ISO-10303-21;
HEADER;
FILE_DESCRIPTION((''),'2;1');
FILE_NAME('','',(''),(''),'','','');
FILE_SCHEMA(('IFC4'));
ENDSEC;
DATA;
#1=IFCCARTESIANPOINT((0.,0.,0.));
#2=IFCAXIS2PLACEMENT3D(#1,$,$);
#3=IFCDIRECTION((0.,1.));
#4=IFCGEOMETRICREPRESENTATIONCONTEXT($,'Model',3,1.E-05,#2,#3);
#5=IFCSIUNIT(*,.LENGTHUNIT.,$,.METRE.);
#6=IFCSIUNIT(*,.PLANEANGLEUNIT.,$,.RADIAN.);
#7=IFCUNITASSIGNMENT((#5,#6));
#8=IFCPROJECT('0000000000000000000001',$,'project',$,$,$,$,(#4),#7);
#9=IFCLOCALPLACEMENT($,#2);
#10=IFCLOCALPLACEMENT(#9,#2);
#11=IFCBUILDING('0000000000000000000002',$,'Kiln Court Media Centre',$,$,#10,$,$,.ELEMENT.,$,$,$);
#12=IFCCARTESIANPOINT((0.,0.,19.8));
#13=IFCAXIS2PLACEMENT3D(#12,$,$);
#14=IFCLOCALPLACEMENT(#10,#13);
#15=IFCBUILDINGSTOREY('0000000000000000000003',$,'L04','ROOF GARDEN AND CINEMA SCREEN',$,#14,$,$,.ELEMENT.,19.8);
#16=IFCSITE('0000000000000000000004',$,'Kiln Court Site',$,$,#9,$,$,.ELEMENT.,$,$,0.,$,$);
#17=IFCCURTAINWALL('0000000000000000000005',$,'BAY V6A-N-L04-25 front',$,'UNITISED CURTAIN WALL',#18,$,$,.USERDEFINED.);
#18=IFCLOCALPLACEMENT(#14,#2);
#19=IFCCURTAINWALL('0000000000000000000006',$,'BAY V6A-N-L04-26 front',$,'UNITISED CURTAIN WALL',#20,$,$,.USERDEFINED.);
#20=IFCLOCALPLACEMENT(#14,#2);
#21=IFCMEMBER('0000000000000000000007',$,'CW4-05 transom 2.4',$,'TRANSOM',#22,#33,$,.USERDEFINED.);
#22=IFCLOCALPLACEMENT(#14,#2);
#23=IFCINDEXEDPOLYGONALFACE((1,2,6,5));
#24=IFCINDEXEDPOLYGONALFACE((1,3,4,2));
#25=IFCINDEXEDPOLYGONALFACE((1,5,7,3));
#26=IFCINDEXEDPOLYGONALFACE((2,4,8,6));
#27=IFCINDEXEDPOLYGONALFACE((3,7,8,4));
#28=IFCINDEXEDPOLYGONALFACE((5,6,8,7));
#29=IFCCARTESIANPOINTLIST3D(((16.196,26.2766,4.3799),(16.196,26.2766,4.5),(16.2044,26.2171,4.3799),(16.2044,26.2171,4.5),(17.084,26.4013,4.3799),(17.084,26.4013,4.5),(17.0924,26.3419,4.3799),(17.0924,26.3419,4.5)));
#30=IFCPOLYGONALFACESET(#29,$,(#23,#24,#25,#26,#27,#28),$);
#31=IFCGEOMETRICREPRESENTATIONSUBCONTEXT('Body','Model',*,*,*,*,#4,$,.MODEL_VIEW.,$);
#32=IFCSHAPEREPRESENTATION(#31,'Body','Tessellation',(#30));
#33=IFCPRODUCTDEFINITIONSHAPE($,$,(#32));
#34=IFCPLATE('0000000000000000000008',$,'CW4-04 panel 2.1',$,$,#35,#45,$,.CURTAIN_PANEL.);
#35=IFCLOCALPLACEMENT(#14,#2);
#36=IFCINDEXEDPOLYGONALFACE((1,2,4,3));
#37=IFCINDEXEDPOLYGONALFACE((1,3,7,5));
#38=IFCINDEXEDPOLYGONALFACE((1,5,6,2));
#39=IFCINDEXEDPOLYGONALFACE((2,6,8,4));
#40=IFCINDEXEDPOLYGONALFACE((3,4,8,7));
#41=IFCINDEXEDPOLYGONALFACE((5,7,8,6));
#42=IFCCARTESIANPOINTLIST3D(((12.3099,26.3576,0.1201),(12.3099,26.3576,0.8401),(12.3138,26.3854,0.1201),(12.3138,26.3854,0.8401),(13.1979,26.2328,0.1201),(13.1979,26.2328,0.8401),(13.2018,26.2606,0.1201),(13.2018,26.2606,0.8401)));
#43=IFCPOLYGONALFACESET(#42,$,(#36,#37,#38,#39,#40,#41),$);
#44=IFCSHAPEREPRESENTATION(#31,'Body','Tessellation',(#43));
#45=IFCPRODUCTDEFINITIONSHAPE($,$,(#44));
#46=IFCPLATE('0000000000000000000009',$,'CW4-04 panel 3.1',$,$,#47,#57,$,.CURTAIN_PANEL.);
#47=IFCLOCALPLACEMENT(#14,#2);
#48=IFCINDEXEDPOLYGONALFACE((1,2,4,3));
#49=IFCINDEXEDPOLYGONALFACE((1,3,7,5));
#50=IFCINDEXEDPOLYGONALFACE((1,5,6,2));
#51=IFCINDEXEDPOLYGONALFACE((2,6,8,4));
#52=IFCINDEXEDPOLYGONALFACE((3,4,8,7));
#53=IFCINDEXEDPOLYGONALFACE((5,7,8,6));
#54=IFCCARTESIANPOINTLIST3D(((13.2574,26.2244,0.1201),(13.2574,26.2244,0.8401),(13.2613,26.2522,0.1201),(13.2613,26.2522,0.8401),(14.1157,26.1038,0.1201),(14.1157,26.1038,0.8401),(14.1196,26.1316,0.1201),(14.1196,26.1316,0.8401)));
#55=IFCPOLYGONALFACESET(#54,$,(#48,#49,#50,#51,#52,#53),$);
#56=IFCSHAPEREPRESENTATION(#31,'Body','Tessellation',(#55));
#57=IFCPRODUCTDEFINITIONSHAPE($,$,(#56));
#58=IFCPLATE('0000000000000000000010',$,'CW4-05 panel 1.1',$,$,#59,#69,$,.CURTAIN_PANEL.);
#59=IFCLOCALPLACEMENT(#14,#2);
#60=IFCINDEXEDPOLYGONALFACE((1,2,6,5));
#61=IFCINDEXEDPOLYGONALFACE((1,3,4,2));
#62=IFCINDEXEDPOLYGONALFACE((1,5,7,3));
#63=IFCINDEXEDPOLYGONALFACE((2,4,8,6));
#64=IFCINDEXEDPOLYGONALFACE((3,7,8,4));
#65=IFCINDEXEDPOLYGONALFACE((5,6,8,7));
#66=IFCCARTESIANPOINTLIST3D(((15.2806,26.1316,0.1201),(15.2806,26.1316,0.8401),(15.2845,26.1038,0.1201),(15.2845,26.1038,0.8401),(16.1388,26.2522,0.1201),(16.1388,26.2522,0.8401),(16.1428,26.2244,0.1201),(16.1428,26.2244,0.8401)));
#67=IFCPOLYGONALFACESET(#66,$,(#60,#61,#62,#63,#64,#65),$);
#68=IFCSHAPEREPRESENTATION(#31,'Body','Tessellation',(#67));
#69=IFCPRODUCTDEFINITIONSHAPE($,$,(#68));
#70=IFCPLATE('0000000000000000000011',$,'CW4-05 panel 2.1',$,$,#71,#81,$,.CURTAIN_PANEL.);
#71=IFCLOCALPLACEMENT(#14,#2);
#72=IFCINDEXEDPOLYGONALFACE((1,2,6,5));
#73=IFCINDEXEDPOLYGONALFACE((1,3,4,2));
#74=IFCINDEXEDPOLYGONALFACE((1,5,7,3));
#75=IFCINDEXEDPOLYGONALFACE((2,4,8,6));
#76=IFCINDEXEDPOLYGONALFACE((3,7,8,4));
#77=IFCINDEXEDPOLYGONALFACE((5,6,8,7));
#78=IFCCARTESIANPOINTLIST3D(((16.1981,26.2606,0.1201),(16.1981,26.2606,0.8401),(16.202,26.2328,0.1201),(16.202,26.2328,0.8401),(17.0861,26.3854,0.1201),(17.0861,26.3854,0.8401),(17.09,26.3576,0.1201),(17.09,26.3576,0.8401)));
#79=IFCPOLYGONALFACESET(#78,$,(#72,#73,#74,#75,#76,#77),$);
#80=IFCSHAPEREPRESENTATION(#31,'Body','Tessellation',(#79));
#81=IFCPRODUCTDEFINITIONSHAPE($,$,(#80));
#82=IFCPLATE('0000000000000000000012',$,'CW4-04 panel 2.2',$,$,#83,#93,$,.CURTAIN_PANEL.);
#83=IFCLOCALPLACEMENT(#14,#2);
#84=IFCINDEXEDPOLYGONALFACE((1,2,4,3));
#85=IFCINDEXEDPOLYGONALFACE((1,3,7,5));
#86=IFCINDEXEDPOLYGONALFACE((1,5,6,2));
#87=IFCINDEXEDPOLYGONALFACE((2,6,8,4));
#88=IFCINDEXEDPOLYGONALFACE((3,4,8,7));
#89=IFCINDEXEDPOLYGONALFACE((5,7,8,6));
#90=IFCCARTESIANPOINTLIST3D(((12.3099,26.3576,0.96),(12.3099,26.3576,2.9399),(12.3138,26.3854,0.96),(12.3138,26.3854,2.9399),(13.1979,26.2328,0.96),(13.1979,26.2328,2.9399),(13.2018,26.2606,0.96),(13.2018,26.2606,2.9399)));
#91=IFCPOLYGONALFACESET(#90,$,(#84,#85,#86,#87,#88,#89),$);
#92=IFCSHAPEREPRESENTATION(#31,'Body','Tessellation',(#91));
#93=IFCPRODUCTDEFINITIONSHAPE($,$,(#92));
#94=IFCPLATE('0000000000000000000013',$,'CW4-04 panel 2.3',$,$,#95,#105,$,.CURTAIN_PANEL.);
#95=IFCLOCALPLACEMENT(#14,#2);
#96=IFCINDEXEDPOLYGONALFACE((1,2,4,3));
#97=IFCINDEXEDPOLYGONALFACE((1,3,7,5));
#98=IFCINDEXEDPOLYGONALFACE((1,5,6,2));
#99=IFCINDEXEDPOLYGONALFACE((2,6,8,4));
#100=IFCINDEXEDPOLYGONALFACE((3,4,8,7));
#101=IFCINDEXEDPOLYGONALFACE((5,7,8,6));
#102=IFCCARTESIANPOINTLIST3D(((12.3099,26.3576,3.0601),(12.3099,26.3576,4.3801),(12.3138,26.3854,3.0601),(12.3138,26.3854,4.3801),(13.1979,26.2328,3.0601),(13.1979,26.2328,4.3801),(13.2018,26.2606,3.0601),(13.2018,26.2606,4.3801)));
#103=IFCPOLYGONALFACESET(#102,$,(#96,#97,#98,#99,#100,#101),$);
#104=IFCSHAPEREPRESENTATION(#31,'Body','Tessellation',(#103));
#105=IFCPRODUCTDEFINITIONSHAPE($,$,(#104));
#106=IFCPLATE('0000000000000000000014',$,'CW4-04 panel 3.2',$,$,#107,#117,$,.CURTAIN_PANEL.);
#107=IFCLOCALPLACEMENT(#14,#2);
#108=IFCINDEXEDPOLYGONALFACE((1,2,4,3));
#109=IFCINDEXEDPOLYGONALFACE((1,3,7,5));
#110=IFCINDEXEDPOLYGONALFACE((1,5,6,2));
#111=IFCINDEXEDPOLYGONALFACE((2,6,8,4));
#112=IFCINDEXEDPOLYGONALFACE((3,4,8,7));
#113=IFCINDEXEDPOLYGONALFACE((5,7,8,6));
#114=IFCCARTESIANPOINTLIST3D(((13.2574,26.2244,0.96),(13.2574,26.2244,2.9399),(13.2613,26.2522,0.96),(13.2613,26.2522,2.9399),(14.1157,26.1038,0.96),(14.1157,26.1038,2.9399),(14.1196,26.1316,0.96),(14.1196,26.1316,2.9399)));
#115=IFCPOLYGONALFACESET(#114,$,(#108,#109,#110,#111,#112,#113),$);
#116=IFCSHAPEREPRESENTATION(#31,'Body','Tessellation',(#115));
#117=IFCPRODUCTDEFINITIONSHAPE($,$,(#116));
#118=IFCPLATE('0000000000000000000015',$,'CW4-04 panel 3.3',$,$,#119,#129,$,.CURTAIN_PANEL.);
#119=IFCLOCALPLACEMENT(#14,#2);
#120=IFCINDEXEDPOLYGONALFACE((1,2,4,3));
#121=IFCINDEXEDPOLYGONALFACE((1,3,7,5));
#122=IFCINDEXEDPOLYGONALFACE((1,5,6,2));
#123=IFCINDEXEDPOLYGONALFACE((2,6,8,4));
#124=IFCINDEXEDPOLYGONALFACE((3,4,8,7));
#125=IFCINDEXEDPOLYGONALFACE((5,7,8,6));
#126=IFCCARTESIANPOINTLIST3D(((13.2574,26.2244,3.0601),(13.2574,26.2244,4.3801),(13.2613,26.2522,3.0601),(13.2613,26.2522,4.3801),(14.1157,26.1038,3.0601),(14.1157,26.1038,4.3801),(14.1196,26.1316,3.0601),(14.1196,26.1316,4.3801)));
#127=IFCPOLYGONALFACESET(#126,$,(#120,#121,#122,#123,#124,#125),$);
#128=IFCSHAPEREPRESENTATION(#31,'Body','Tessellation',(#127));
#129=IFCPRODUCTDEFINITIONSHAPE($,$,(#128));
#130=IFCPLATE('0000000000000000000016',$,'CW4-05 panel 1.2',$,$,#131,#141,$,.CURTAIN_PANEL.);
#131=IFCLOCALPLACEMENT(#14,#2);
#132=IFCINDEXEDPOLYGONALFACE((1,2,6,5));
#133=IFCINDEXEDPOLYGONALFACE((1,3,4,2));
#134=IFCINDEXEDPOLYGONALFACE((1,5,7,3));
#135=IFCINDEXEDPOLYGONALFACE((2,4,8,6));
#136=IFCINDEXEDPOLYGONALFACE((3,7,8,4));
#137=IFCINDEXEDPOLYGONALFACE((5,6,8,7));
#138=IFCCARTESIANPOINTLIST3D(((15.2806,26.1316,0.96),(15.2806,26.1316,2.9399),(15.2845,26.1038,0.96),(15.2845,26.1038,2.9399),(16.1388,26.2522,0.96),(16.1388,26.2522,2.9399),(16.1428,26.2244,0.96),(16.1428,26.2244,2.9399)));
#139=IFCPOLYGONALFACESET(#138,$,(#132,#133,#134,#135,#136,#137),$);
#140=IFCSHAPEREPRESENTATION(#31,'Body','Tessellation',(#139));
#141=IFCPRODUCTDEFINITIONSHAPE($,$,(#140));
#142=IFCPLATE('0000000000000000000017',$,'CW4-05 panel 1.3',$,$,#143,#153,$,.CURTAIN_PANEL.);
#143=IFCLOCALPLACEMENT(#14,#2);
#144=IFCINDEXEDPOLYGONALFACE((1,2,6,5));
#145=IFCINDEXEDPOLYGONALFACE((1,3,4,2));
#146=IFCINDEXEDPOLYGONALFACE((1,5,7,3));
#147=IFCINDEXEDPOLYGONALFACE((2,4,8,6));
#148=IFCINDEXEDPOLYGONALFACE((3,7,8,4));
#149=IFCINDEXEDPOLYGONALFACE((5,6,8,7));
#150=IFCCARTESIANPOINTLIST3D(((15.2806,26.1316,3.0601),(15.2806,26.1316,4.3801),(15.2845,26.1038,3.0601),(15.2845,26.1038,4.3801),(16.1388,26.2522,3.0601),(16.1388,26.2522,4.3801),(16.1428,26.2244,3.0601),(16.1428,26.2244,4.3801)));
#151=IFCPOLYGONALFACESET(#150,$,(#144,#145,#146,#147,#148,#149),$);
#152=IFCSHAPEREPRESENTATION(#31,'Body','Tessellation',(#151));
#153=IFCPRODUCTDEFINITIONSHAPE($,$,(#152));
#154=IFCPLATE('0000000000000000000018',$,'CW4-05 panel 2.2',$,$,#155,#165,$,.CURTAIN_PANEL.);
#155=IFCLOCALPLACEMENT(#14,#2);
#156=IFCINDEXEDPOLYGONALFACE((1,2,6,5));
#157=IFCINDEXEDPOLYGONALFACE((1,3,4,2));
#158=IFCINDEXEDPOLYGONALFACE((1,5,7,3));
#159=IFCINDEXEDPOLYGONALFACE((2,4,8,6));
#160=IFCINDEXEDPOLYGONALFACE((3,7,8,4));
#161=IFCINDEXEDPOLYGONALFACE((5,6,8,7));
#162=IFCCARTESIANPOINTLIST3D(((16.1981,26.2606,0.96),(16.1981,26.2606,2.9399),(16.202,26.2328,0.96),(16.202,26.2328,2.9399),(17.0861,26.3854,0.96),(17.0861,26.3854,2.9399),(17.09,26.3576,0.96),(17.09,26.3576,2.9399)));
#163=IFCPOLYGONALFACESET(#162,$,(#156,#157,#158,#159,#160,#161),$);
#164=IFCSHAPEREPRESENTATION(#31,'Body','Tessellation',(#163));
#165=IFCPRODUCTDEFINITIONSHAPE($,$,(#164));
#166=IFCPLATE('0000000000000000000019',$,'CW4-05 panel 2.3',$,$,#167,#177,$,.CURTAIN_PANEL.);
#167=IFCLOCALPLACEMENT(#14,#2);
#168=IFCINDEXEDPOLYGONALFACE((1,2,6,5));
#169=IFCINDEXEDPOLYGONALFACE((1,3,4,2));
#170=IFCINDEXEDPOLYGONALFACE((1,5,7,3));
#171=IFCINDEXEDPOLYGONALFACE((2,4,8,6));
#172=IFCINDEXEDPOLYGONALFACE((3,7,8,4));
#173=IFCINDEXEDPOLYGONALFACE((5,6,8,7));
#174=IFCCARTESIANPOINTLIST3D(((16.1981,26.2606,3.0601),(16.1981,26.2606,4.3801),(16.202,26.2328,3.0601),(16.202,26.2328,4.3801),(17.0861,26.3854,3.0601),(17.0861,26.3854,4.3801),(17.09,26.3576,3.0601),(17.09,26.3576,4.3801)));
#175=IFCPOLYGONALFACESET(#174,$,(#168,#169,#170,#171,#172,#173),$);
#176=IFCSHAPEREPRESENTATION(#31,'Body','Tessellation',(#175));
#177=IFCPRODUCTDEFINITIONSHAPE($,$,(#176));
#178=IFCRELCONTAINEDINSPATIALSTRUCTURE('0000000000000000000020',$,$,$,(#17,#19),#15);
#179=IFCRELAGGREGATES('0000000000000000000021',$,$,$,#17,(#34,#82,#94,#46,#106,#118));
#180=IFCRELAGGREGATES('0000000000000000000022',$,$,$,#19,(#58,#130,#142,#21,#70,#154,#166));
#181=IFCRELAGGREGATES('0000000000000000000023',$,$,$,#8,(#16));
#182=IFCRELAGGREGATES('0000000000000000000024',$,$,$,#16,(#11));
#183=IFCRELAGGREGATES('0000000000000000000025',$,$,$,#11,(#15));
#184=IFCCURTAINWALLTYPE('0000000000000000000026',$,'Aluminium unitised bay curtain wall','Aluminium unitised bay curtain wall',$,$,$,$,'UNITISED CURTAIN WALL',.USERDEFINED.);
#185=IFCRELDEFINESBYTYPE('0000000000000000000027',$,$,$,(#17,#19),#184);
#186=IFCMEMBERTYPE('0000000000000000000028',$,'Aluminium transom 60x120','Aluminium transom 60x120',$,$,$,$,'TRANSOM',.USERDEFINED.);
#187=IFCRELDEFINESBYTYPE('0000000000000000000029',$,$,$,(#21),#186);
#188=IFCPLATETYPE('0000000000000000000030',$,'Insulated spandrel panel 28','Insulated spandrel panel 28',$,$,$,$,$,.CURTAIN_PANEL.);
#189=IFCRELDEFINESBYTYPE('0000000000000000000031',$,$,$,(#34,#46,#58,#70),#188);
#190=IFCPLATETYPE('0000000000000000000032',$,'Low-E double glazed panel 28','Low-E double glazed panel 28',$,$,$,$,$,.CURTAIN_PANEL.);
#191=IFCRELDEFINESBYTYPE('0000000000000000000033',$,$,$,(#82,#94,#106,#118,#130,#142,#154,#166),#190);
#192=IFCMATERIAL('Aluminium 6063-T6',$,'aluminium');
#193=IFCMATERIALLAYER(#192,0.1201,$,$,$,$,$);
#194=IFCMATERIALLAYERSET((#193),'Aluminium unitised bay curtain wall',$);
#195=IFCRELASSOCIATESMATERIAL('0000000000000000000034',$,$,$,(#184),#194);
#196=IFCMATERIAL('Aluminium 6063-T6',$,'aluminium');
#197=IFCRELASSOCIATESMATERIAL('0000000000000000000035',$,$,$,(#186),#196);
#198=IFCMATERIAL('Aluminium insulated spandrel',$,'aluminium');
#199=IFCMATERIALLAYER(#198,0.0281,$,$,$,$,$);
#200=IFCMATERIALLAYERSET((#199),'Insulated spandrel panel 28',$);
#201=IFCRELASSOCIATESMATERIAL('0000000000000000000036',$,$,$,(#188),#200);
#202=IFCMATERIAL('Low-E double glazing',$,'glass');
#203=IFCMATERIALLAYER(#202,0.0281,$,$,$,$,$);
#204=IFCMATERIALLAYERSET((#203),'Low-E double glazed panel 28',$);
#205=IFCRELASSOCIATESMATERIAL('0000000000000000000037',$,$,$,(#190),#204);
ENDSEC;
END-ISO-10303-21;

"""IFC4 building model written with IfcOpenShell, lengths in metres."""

from ifc_helpers import new_model, si_unit, direction, frame, origin, origin_2d, place, context, subcontext, project, spatial, rectangle, extrude, material, layer, layer_set, material_profile, profile_set, type_object, element, aggregate, save


model = new_model("IFC4")

# Units and contexts
model_context = context("Model", 3, precision=1e-05, world=origin(), true_north=direction((0.0, 1.0)))
body_context = subcontext(model_context, "Body", "Model", "MODEL_VIEW")
ifc_project = project(units=[si_unit("LENGTHUNIT", "METRE"), si_unit("PLANEANGLEUNIT", "RADIAN")], contexts=[model_context])

# Site, building, storey
site_placement = place(None, origin())
site = spatial("IfcSite", under=ifc_project, at=site_placement, Name="Kiln Court Site", CompositionType="ELEMENT", RefElevation=0.0)
building_placement = place(site_placement, origin())
building = spatial("IfcBuilding", under=site, at=building_placement, Name="Kiln Court Media Centre", CompositionType="ELEMENT")
storey_placement = place(building_placement, frame((0.0, 0.0, 19.8)))
storey = spatial("IfcBuildingStorey", under=building, at=storey_placement, Name="L04", Description="ROOF GARDEN AND CINEMA SCREEN", CompositionType="ELEMENT", Elevation=19.8)

# Curtain wall
ifc_material_1 = material(Name="Aluminium 6063-T6", Category="aluminium")
ifc_layer_1 = layer(ifc_material_1, 0.1201)
ifc_layer_set_1 = layer_set([ifc_layer_1], Name="Aluminium unitised bay curtain wall")
curtain_wall_type = type_object("IfcCurtainWallType", Name="Aluminium unitised bay curtain wall", Description="Aluminium unitised bay curtain wall", ElementType="UNITISED CURTAIN WALL", PredefinedType="USERDEFINED", material=ifc_layer_set_1)
curtain_wall_1_placement = place(storey_placement, origin())
curtain_wall_1 = element("IfcCurtainWall", 1, at=curtain_wall_1_placement, inside=storey, type_object=curtain_wall_type, Name="BAY V6A-N-L04-25 front", ObjectType="UNITISED CURTAIN WALL", PredefinedType="USERDEFINED")

# Curtain wall
curtain_wall_2_placement = place(storey_placement, origin())
curtain_wall_2 = element("IfcCurtainWall", 2, at=curtain_wall_2_placement, inside=storey, type_object=curtain_wall_type, Name="BAY V6A-N-L04-26 front", ObjectType="UNITISED CURTAIN WALL", PredefinedType="USERDEFINED")

# Member
ifc_material_2 = material(Name="Aluminium 6063-T6", Category="aluminium")
ifc_material_profile_1 = material_profile(ifc_material_2, rectangle(XDim=0.0601, YDim=0.1201, at=origin_2d()), Name="Aluminium transom 60x120")
ifc_profile_set_1 = profile_set([ifc_material_profile_1], Name="Aluminium 6063-T6")
member_type_1 = type_object("IfcMemberType", Name="Aluminium transom 60x120", Description="Aluminium transom 60x120", ElementType="TRANSOM", PredefinedType="USERDEFINED", material=ifc_profile_set_1)
member_1_placement = place(storey_placement, frame((16.2002, 26.2468, 4.4399), z_axis=(0.990274, 0.139134, 0.0), x_axis=(-0.139134, 0.990274, 0.0)))
member_1 = element("IfcMember", 3, at=member_1_placement, type_object=member_type_1, Name="CW4-05 transom 2.4", ObjectType="TRANSOM", PredefinedType="USERDEFINED", context=body_context, shape_type="SweptSolid", body=[
    extrude(rectangle(XDim=0.0601, YDim=0.1201, at=origin_2d()), origin(), (0.0, 0.0, 1.0), 0.8967),
])

# Plates
ifc_material_3 = material(Name="Aluminium insulated spandrel", Category="aluminium")
ifc_layer_2 = layer(ifc_material_3, 0.0281)
ifc_layer_set_2 = layer_set([ifc_layer_2], Name="Insulated spandrel panel 28")
plate_type_1 = type_object("IfcPlateType", Name="Insulated spandrel panel 28", Description="Insulated spandrel panel 28", PredefinedType="CURTAIN_PANEL", material=ifc_layer_set_2)
plate_1_placement = place(storey_placement, frame((12.7559, 26.3091, 0.1201), z_axis=(0.0, 0.0, 1.0), x_axis=(0.99027, -0.139162, 0.0)))
plate_1 = element("IfcPlate", 4, at=plate_1_placement, type_object=plate_type_1, Name="CW4-04 panel 2.1", PredefinedType="CURTAIN_PANEL", context=body_context, shape_type="SweptSolid", body=[
    extrude(rectangle(XDim=0.8967, YDim=0.0281, at=origin_2d()), origin(), (0.0, 0.0, 1.0), 0.72),
])
plate_2_placement = place(storey_placement, frame((13.6885, 26.178, 0.1201), z_axis=(0.0, 0.0, 1.0), x_axis=(0.99027, -0.139162, 0.0)))
plate_2 = element("IfcPlate", 5, at=plate_2_placement, type_object=plate_type_1, Name="CW4-04 panel 3.1", PredefinedType="CURTAIN_PANEL", context=body_context, shape_type="SweptSolid", body=[
    extrude(rectangle(XDim=0.8667, YDim=0.0281, at=origin_2d()), origin(), (0.0, 0.0, 1.0), 0.72),
])
plate_3_placement = place(storey_placement, frame((15.7117, 26.178, 0.1201), z_axis=(0.0, 0.0, 1.0), x_axis=(0.99027, 0.139162, 0.0)))
plate_3 = element("IfcPlate", 6, at=plate_3_placement, type_object=plate_type_1, Name="CW4-05 panel 1.1", PredefinedType="CURTAIN_PANEL", context=body_context, shape_type="SweptSolid", body=[
    extrude(rectangle(XDim=0.8667, YDim=0.0281, at=origin_2d()), origin(), (0.0, 0.0, 1.0), 0.72),
])
plate_4_placement = place(storey_placement, frame((16.644, 26.3091, 0.1201), z_axis=(0.0, 0.0, 1.0), x_axis=(0.99027, 0.139162, 0.0)))
plate_4 = element("IfcPlate", 7, at=plate_4_placement, type_object=plate_type_1, Name="CW4-05 panel 2.1", PredefinedType="CURTAIN_PANEL", context=body_context, shape_type="SweptSolid", body=[
    extrude(rectangle(XDim=0.8967, YDim=0.0281, at=origin_2d()), origin(), (0.0, 0.0, 1.0), 0.72),
])
ifc_material_4 = material(Name="Low-E double glazing", Category="glass")
ifc_layer_3 = layer(ifc_material_4, 0.0281)
ifc_layer_set_3 = layer_set([ifc_layer_3], Name="Low-E double glazed panel 28")
plate_type_2 = type_object("IfcPlateType", Name="Low-E double glazed panel 28", Description="Low-E double glazed panel 28", PredefinedType="CURTAIN_PANEL", material=ifc_layer_set_3)
plate_5_placement = place(storey_placement, frame((12.7559, 26.3091, 0.96), z_axis=(0.0, 0.0, 1.0), x_axis=(0.99027, -0.139162, 0.0)))
plate_5 = element("IfcPlate", 8, at=plate_5_placement, type_object=plate_type_2, Name="CW4-04 panel 2.2", PredefinedType="CURTAIN_PANEL", context=body_context, shape_type="SweptSolid", body=[
    extrude(rectangle(XDim=0.8967, YDim=0.0281, at=origin_2d()), origin(), (0.0, 0.0, 1.0), 1.98),
])
plate_6_placement = place(storey_placement, frame((12.7559, 26.3091, 3.0601), z_axis=(0.0, 0.0, 1.0), x_axis=(0.99027, -0.139162, 0.0)))
plate_6 = element("IfcPlate", 9, at=plate_6_placement, type_object=plate_type_2, Name="CW4-04 panel 2.3", PredefinedType="CURTAIN_PANEL", context=body_context, shape_type="SweptSolid", body=[
    extrude(rectangle(XDim=0.8967, YDim=0.0281, at=origin_2d()), origin(), (0.0, 0.0, 1.0), 1.3201),
])
plate_7_placement = place(storey_placement, frame((13.6885, 26.178, 0.96), z_axis=(0.0, 0.0, 1.0), x_axis=(0.99027, -0.139162, 0.0)))
plate_7 = element("IfcPlate", 10, at=plate_7_placement, type_object=plate_type_2, Name="CW4-04 panel 3.2", PredefinedType="CURTAIN_PANEL", context=body_context, shape_type="SweptSolid", body=[
    extrude(rectangle(XDim=0.8667, YDim=0.0281, at=origin_2d()), origin(), (0.0, 0.0, 1.0), 1.98),
])
plate_8_placement = place(storey_placement, frame((13.6885, 26.178, 3.0601), z_axis=(0.0, 0.0, 1.0), x_axis=(0.99027, -0.139162, 0.0)))
plate_8 = element("IfcPlate", 11, at=plate_8_placement, type_object=plate_type_2, Name="CW4-04 panel 3.3", PredefinedType="CURTAIN_PANEL", context=body_context, shape_type="SweptSolid", body=[
    extrude(rectangle(XDim=0.8667, YDim=0.0281, at=origin_2d()), origin(), (0.0, 0.0, 1.0), 1.3201),
])
aggregate(curtain_wall_1, [plate_1, plate_5, plate_6, plate_2, plate_7, plate_8])
plate_9_placement = place(storey_placement, frame((15.7117, 26.178, 0.96), z_axis=(0.0, 0.0, 1.0), x_axis=(0.99027, 0.139162, 0.0)))
plate_9 = element("IfcPlate", 12, at=plate_9_placement, type_object=plate_type_2, Name="CW4-05 panel 1.2", PredefinedType="CURTAIN_PANEL", context=body_context, shape_type="SweptSolid", body=[
    extrude(rectangle(XDim=0.8667, YDim=0.0281, at=origin_2d()), origin(), (0.0, 0.0, 1.0), 1.98),
])
plate_10_placement = place(storey_placement, frame((15.7117, 26.178, 3.0601), z_axis=(0.0, 0.0, 1.0), x_axis=(0.99027, 0.139162, 0.0)))
plate_10 = element("IfcPlate", 13, at=plate_10_placement, type_object=plate_type_2, Name="CW4-05 panel 1.3", PredefinedType="CURTAIN_PANEL", context=body_context, shape_type="SweptSolid", body=[
    extrude(rectangle(XDim=0.8667, YDim=0.0281, at=origin_2d()), origin(), (0.0, 0.0, 1.0), 1.3201),
])
plate_11_placement = place(storey_placement, frame((16.644, 26.3091, 0.96), z_axis=(0.0, 0.0, 1.0), x_axis=(0.99027, 0.139162, 0.0)))
plate_11 = element("IfcPlate", 14, at=plate_11_placement, type_object=plate_type_2, Name="CW4-05 panel 2.2", PredefinedType="CURTAIN_PANEL", context=body_context, shape_type="SweptSolid", body=[
    extrude(rectangle(XDim=0.8967, YDim=0.0281, at=origin_2d()), origin(), (0.0, 0.0, 1.0), 1.98),
])
plate_12_placement = place(storey_placement, frame((16.644, 26.3091, 3.0601), z_axis=(0.0, 0.0, 1.0), x_axis=(0.99027, 0.139162, 0.0)))
plate_12 = element("IfcPlate", 15, at=plate_12_placement, type_object=plate_type_2, Name="CW4-05 panel 2.3", PredefinedType="CURTAIN_PANEL", context=body_context, shape_type="SweptSolid", body=[
    extrude(rectangle(XDim=0.8967, YDim=0.0281, at=origin_2d()), origin(), (0.0, 0.0, 1.0), 1.3201),
])
aggregate(curtain_wall_2, [plate_3, plate_9, plate_10, member_1, plate_4, plate_11, plate_12])

save(model, "model.ifc")
